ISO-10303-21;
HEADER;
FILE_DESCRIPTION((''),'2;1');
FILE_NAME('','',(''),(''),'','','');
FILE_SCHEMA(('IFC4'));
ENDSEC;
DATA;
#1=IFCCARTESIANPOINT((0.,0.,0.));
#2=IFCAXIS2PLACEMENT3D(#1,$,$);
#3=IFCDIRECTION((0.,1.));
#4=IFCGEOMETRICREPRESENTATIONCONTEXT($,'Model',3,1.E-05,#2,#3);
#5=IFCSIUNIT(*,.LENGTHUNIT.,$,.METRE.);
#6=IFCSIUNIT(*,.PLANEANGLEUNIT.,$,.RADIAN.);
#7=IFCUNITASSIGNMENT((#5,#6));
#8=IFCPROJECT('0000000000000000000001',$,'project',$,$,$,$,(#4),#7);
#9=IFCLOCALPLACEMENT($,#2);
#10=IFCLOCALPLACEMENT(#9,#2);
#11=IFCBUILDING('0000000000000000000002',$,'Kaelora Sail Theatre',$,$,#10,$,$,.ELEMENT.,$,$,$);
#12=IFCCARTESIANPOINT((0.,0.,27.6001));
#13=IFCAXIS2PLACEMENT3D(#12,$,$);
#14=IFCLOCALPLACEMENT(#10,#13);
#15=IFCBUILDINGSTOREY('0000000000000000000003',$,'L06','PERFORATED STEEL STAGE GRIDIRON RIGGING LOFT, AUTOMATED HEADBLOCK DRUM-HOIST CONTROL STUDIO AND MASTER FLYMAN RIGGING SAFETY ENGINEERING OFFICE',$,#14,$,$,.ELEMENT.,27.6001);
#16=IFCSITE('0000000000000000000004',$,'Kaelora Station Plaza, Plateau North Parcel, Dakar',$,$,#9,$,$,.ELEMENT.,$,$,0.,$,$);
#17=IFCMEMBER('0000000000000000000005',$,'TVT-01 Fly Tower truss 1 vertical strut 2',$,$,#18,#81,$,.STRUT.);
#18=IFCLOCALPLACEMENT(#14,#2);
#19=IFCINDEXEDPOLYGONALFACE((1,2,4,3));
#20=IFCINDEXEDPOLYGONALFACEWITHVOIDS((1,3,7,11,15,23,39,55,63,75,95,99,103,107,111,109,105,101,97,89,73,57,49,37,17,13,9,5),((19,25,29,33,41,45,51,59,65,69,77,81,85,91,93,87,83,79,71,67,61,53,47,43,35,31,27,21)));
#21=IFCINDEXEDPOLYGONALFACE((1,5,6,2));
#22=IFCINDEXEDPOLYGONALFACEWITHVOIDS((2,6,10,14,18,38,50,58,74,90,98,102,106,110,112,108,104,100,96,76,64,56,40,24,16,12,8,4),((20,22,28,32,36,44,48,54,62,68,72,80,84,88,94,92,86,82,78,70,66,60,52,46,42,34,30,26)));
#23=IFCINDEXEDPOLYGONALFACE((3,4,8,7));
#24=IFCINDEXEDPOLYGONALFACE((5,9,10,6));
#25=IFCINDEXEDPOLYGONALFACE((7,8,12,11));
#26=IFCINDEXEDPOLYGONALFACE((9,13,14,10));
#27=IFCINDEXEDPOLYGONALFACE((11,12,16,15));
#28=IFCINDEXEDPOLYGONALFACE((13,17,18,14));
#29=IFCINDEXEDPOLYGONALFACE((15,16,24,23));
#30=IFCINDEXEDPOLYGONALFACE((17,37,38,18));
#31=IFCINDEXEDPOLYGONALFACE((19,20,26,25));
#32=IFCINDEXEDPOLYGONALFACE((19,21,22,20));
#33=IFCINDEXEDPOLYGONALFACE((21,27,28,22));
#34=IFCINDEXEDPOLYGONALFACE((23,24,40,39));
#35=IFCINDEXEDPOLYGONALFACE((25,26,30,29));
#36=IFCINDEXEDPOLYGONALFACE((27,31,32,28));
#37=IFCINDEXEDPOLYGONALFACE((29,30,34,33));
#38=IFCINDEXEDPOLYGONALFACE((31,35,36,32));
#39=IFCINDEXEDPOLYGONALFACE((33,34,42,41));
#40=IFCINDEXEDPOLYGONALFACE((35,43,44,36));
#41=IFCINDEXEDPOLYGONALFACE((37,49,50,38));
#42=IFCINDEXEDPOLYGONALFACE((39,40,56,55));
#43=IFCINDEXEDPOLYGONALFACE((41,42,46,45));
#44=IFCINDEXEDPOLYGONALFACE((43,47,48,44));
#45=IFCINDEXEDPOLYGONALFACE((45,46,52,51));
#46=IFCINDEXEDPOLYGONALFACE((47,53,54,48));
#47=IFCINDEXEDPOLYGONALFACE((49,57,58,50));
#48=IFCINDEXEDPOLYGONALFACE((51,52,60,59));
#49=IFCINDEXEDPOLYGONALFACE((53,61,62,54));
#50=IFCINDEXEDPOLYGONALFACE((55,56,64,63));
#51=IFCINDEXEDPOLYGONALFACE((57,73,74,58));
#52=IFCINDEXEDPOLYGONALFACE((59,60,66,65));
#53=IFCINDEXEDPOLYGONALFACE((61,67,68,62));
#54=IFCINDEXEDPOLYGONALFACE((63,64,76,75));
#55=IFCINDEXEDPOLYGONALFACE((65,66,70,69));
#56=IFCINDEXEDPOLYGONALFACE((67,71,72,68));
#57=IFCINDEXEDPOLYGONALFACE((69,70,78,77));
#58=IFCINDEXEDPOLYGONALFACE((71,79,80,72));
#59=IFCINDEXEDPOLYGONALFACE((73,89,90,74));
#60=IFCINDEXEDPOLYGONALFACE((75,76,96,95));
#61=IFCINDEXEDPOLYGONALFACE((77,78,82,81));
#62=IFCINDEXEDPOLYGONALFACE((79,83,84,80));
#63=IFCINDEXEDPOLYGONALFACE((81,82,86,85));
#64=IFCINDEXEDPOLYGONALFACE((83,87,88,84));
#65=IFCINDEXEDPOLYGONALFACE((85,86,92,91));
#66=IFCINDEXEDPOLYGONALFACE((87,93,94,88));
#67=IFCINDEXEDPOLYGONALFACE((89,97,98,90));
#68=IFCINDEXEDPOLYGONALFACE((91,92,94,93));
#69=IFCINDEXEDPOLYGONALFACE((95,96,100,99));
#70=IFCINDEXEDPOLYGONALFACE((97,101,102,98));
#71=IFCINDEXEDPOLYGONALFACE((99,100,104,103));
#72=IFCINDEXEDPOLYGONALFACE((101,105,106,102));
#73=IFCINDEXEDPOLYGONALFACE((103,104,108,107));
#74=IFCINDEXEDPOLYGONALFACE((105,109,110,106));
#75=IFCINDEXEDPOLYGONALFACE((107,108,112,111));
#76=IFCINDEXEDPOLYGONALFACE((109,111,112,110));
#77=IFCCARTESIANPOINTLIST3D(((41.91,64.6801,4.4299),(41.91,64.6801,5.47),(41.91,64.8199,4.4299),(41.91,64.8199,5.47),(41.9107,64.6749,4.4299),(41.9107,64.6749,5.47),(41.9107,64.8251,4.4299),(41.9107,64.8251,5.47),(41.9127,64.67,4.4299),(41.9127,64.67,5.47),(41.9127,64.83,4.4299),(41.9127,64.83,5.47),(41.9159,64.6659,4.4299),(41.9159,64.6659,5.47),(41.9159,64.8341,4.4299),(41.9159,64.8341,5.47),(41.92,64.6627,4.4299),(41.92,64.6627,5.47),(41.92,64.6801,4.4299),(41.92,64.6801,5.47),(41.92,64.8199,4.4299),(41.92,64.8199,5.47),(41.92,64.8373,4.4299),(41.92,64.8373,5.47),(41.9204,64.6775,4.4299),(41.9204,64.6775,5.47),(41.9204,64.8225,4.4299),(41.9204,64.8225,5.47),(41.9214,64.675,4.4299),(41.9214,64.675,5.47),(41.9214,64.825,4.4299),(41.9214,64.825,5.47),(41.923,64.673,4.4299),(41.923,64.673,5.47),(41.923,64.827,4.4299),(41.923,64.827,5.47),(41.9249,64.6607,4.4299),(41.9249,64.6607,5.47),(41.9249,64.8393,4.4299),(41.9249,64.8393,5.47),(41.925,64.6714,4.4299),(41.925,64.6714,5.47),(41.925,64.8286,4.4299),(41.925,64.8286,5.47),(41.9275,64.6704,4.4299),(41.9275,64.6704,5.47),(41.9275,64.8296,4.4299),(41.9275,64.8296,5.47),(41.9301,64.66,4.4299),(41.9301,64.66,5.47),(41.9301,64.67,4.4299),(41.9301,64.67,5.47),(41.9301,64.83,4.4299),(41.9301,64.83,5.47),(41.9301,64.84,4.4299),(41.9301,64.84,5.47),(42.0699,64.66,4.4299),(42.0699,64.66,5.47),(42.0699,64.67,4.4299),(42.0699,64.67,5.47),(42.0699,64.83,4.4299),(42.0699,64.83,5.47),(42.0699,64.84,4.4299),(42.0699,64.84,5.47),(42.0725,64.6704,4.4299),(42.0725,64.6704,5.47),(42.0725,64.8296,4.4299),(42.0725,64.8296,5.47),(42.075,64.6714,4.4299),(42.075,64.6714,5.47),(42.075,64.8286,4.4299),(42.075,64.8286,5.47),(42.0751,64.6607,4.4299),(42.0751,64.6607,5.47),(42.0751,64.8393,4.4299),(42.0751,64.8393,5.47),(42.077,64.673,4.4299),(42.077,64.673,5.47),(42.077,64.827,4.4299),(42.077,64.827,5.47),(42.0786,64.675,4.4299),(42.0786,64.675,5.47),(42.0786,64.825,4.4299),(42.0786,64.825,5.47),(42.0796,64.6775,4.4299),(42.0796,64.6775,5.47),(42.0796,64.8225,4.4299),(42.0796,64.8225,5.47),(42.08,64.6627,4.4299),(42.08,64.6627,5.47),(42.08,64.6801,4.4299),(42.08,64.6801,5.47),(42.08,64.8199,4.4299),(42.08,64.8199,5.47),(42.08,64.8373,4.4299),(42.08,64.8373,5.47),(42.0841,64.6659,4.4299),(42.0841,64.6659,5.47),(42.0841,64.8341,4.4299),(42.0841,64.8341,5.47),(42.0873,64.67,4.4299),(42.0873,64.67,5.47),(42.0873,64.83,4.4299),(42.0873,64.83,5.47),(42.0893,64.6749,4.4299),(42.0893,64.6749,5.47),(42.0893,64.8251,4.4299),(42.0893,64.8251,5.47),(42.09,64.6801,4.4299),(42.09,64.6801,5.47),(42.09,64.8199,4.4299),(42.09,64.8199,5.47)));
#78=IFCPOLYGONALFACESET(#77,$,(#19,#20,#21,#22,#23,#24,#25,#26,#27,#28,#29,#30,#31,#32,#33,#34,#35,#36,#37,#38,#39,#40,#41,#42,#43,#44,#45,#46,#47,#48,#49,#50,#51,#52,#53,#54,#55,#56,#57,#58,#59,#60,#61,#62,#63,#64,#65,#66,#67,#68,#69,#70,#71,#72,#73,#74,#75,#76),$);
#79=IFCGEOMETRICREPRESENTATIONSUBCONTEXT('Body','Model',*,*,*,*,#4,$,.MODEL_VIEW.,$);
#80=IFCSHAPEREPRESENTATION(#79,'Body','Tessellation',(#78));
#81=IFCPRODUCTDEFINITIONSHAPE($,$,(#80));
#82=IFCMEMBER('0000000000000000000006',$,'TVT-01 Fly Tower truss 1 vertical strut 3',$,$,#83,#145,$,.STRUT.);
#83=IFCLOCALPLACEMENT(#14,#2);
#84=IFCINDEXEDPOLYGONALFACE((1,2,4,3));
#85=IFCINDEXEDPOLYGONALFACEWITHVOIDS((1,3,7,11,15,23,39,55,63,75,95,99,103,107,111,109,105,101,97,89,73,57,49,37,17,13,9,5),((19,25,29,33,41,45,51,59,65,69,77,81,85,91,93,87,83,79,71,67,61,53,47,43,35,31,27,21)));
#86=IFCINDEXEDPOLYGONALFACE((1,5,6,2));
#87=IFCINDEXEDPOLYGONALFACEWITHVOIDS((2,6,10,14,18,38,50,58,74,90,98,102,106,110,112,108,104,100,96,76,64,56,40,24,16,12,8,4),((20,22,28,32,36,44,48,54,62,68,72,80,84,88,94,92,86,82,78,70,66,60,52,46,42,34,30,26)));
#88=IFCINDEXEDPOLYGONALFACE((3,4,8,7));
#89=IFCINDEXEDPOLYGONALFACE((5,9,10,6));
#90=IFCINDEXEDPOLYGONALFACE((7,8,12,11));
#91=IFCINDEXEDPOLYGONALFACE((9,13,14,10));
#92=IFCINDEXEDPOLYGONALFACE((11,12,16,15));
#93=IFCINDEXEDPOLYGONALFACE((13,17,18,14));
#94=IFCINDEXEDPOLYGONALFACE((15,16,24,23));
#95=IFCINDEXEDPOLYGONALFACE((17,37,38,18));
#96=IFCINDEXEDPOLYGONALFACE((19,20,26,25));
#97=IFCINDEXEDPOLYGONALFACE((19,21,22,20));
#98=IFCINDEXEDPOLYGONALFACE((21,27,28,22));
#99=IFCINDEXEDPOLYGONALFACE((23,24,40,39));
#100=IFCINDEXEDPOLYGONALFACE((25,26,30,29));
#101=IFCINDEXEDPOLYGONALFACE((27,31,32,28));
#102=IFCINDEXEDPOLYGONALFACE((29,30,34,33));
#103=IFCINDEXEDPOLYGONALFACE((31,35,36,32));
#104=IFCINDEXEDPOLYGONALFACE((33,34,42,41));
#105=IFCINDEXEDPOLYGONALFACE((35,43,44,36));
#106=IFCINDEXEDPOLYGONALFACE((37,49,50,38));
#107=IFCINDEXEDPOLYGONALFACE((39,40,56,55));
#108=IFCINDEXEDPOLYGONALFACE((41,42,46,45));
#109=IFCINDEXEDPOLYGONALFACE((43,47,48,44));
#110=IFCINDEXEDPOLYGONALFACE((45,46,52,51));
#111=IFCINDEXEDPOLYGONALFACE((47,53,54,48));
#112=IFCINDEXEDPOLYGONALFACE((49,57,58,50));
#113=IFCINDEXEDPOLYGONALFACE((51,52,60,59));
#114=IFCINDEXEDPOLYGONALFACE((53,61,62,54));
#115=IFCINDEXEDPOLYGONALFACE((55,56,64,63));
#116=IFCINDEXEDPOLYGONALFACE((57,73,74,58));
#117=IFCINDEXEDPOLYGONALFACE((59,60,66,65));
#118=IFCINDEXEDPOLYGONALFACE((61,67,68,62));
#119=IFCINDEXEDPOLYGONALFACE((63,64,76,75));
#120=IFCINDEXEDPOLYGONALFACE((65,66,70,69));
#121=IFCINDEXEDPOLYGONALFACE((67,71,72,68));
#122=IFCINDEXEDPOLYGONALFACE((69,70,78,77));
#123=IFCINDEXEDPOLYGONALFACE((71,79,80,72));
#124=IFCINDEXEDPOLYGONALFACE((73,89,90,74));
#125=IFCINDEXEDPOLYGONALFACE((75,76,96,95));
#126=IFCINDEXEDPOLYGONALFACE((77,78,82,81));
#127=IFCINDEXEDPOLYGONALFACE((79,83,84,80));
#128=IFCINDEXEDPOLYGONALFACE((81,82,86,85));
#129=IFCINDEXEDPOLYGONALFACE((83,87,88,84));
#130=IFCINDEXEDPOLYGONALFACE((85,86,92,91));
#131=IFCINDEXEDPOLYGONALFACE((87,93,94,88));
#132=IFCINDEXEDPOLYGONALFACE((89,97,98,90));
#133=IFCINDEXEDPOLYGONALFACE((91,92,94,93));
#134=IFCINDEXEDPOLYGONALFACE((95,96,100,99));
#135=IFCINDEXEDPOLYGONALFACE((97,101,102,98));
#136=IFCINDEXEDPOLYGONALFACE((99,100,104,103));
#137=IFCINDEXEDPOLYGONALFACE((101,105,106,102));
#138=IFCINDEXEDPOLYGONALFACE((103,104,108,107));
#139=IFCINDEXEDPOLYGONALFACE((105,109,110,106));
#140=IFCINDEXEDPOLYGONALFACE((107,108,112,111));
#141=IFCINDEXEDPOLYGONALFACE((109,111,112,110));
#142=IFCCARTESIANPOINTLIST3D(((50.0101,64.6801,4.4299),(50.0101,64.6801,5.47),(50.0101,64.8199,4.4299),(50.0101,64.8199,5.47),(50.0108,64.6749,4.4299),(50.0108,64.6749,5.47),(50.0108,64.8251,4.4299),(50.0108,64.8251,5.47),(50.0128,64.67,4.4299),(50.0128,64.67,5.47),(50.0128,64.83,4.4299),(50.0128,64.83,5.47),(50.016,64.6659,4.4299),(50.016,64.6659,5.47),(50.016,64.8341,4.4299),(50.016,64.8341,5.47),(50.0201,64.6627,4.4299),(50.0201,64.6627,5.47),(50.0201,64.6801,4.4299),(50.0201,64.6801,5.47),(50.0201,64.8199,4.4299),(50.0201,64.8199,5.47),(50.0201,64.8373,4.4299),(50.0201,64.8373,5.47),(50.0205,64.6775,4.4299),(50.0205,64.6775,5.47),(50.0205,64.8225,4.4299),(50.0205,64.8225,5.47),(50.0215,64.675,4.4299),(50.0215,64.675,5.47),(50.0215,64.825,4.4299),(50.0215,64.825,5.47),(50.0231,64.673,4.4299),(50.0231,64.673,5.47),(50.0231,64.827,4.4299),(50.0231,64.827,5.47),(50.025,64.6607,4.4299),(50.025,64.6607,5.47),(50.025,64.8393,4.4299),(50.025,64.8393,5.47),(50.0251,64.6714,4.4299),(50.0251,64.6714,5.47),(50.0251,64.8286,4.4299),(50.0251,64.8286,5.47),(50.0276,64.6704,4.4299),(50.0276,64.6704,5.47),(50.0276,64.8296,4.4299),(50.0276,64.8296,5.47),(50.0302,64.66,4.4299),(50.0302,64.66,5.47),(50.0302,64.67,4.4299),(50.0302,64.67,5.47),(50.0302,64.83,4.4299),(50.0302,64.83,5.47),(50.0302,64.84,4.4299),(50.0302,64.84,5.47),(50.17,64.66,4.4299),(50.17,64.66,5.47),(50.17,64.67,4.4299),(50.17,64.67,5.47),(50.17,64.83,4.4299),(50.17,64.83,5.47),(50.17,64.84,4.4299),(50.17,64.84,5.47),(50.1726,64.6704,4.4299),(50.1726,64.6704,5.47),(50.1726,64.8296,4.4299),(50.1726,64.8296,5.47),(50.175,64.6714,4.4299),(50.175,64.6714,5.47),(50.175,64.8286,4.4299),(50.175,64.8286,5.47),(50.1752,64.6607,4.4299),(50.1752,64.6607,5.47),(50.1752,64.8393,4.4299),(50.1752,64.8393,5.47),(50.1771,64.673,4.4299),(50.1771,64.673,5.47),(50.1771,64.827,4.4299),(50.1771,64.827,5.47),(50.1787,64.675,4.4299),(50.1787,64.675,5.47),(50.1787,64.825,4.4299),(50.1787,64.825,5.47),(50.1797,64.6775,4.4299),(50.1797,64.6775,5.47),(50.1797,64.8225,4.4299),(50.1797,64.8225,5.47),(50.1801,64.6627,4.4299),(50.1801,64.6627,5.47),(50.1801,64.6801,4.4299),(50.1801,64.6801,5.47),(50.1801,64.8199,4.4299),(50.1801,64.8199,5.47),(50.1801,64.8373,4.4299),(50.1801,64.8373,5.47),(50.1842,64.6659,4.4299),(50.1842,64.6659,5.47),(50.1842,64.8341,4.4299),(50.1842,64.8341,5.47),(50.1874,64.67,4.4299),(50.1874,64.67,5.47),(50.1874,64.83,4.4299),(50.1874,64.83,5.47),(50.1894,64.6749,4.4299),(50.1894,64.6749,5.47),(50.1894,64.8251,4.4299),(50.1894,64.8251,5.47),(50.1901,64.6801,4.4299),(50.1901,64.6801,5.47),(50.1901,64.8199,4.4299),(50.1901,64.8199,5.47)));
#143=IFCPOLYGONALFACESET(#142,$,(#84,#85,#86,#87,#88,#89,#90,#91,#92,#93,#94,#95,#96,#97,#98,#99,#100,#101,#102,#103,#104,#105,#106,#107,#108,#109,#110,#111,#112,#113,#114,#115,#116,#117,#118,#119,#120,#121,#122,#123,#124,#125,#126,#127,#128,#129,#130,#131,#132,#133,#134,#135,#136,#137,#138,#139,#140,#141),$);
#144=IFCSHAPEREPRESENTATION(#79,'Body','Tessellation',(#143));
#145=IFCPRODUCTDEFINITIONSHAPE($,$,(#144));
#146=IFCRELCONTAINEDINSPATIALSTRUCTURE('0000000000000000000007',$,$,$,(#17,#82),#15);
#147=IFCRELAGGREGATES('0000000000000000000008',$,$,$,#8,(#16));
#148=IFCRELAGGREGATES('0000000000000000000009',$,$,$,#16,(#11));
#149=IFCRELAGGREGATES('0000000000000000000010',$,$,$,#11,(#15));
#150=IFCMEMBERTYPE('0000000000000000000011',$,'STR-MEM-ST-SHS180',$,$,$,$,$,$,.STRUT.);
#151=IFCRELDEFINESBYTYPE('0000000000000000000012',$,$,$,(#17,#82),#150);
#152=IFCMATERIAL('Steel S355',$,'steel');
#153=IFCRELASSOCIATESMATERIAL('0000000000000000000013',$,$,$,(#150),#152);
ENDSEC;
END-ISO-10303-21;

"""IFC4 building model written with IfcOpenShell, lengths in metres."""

from ifc_helpers import new_model, si_unit, direction, frame, origin, origin_2d, place, context, subcontext, project, spatial, hollow_rectangle, extrude, material, material_profile, profile_set, type_object, element, save


model = new_model("IFC4")

# Units and contexts
model_context = context("Model", 3, precision=1e-05, world=origin(), true_north=direction((0.0, 1.0)))
body_context = subcontext(model_context, "Body", "Model", "MODEL_VIEW")
ifc_project = project(units=[si_unit("LENGTHUNIT", "METRE"), si_unit("PLANEANGLEUNIT", "RADIAN")], contexts=[model_context])

# Site, building, storey
site_placement = place(None, origin())
site = spatial("IfcSite", under=ifc_project, at=site_placement, Name="Kaelora Station Plaza, Plateau North Parcel, Dakar", CompositionType="ELEMENT", RefElevation=0.0)
building_placement = place(site_placement, origin())
building = spatial("IfcBuilding", under=site, at=building_placement, Name="Kaelora Sail Theatre", CompositionType="ELEMENT")
storey_placement = place(building_placement, frame((0.0, 0.0, 27.6001)))
storey = spatial("IfcBuildingStorey", under=building, at=storey_placement, Name="L06", Description="PERFORATED STEEL STAGE GRIDIRON RIGGING LOFT, AUTOMATED HEADBLOCK DRUM-HOIST CONTROL STUDIO AND MASTER FLYMAN RIGGING SAFETY ENGINEERING OFFICE", CompositionType="ELEMENT", Elevation=27.6001)

# Members
ifc_material_1 = material(Name="Steel S355", Category="steel")
ifc_material_profile_1 = material_profile(ifc_material_1, hollow_rectangle(XDim=0.1799, YDim=0.1799, WallThickness=0.01, InnerFilletRadius=0.01, OuterFilletRadius=0.02, at=origin_2d()), Name="SHS 180x180x10.0")
ifc_profile_set_1 = profile_set([ifc_material_profile_1], Name="Steel S355")
member_type_1 = type_object("IfcMemberType", Name="STR-MEM-ST-SHS180", PredefinedType="STRUT", material=ifc_profile_set_1)
for number, where, z_axis, x_axis, name in (
    (1, (42.0, 64.75, 4.4299), (0.0, 0.0, 1.0), (1.0, 0.0, 0.0), "TVT-01 Fly Tower truss 1 vertical strut 2"),
    (2, (50.1001, 64.75, 4.4299), (0.0, 0.0, 1.0), (1.0, 0.0, 0.0), "TVT-01 Fly Tower truss 1 vertical strut 3"),
):
    element("IfcMember", number, at=place(storey_placement, frame(where, z_axis=z_axis, x_axis=x_axis)), inside=storey, type_object=member_type_1, Name=name, PredefinedType="STRUT", context=body_context, shape_type="SweptSolid", body=[
        extrude(hollow_rectangle(XDim=0.1799, YDim=0.1799, WallThickness=0.01, InnerFilletRadius=0.01, OuterFilletRadius=0.02, at=origin_2d()), origin(), (0.0, 0.0, 1.0), 1.04),
    ])

save(model, "model.ifc")
